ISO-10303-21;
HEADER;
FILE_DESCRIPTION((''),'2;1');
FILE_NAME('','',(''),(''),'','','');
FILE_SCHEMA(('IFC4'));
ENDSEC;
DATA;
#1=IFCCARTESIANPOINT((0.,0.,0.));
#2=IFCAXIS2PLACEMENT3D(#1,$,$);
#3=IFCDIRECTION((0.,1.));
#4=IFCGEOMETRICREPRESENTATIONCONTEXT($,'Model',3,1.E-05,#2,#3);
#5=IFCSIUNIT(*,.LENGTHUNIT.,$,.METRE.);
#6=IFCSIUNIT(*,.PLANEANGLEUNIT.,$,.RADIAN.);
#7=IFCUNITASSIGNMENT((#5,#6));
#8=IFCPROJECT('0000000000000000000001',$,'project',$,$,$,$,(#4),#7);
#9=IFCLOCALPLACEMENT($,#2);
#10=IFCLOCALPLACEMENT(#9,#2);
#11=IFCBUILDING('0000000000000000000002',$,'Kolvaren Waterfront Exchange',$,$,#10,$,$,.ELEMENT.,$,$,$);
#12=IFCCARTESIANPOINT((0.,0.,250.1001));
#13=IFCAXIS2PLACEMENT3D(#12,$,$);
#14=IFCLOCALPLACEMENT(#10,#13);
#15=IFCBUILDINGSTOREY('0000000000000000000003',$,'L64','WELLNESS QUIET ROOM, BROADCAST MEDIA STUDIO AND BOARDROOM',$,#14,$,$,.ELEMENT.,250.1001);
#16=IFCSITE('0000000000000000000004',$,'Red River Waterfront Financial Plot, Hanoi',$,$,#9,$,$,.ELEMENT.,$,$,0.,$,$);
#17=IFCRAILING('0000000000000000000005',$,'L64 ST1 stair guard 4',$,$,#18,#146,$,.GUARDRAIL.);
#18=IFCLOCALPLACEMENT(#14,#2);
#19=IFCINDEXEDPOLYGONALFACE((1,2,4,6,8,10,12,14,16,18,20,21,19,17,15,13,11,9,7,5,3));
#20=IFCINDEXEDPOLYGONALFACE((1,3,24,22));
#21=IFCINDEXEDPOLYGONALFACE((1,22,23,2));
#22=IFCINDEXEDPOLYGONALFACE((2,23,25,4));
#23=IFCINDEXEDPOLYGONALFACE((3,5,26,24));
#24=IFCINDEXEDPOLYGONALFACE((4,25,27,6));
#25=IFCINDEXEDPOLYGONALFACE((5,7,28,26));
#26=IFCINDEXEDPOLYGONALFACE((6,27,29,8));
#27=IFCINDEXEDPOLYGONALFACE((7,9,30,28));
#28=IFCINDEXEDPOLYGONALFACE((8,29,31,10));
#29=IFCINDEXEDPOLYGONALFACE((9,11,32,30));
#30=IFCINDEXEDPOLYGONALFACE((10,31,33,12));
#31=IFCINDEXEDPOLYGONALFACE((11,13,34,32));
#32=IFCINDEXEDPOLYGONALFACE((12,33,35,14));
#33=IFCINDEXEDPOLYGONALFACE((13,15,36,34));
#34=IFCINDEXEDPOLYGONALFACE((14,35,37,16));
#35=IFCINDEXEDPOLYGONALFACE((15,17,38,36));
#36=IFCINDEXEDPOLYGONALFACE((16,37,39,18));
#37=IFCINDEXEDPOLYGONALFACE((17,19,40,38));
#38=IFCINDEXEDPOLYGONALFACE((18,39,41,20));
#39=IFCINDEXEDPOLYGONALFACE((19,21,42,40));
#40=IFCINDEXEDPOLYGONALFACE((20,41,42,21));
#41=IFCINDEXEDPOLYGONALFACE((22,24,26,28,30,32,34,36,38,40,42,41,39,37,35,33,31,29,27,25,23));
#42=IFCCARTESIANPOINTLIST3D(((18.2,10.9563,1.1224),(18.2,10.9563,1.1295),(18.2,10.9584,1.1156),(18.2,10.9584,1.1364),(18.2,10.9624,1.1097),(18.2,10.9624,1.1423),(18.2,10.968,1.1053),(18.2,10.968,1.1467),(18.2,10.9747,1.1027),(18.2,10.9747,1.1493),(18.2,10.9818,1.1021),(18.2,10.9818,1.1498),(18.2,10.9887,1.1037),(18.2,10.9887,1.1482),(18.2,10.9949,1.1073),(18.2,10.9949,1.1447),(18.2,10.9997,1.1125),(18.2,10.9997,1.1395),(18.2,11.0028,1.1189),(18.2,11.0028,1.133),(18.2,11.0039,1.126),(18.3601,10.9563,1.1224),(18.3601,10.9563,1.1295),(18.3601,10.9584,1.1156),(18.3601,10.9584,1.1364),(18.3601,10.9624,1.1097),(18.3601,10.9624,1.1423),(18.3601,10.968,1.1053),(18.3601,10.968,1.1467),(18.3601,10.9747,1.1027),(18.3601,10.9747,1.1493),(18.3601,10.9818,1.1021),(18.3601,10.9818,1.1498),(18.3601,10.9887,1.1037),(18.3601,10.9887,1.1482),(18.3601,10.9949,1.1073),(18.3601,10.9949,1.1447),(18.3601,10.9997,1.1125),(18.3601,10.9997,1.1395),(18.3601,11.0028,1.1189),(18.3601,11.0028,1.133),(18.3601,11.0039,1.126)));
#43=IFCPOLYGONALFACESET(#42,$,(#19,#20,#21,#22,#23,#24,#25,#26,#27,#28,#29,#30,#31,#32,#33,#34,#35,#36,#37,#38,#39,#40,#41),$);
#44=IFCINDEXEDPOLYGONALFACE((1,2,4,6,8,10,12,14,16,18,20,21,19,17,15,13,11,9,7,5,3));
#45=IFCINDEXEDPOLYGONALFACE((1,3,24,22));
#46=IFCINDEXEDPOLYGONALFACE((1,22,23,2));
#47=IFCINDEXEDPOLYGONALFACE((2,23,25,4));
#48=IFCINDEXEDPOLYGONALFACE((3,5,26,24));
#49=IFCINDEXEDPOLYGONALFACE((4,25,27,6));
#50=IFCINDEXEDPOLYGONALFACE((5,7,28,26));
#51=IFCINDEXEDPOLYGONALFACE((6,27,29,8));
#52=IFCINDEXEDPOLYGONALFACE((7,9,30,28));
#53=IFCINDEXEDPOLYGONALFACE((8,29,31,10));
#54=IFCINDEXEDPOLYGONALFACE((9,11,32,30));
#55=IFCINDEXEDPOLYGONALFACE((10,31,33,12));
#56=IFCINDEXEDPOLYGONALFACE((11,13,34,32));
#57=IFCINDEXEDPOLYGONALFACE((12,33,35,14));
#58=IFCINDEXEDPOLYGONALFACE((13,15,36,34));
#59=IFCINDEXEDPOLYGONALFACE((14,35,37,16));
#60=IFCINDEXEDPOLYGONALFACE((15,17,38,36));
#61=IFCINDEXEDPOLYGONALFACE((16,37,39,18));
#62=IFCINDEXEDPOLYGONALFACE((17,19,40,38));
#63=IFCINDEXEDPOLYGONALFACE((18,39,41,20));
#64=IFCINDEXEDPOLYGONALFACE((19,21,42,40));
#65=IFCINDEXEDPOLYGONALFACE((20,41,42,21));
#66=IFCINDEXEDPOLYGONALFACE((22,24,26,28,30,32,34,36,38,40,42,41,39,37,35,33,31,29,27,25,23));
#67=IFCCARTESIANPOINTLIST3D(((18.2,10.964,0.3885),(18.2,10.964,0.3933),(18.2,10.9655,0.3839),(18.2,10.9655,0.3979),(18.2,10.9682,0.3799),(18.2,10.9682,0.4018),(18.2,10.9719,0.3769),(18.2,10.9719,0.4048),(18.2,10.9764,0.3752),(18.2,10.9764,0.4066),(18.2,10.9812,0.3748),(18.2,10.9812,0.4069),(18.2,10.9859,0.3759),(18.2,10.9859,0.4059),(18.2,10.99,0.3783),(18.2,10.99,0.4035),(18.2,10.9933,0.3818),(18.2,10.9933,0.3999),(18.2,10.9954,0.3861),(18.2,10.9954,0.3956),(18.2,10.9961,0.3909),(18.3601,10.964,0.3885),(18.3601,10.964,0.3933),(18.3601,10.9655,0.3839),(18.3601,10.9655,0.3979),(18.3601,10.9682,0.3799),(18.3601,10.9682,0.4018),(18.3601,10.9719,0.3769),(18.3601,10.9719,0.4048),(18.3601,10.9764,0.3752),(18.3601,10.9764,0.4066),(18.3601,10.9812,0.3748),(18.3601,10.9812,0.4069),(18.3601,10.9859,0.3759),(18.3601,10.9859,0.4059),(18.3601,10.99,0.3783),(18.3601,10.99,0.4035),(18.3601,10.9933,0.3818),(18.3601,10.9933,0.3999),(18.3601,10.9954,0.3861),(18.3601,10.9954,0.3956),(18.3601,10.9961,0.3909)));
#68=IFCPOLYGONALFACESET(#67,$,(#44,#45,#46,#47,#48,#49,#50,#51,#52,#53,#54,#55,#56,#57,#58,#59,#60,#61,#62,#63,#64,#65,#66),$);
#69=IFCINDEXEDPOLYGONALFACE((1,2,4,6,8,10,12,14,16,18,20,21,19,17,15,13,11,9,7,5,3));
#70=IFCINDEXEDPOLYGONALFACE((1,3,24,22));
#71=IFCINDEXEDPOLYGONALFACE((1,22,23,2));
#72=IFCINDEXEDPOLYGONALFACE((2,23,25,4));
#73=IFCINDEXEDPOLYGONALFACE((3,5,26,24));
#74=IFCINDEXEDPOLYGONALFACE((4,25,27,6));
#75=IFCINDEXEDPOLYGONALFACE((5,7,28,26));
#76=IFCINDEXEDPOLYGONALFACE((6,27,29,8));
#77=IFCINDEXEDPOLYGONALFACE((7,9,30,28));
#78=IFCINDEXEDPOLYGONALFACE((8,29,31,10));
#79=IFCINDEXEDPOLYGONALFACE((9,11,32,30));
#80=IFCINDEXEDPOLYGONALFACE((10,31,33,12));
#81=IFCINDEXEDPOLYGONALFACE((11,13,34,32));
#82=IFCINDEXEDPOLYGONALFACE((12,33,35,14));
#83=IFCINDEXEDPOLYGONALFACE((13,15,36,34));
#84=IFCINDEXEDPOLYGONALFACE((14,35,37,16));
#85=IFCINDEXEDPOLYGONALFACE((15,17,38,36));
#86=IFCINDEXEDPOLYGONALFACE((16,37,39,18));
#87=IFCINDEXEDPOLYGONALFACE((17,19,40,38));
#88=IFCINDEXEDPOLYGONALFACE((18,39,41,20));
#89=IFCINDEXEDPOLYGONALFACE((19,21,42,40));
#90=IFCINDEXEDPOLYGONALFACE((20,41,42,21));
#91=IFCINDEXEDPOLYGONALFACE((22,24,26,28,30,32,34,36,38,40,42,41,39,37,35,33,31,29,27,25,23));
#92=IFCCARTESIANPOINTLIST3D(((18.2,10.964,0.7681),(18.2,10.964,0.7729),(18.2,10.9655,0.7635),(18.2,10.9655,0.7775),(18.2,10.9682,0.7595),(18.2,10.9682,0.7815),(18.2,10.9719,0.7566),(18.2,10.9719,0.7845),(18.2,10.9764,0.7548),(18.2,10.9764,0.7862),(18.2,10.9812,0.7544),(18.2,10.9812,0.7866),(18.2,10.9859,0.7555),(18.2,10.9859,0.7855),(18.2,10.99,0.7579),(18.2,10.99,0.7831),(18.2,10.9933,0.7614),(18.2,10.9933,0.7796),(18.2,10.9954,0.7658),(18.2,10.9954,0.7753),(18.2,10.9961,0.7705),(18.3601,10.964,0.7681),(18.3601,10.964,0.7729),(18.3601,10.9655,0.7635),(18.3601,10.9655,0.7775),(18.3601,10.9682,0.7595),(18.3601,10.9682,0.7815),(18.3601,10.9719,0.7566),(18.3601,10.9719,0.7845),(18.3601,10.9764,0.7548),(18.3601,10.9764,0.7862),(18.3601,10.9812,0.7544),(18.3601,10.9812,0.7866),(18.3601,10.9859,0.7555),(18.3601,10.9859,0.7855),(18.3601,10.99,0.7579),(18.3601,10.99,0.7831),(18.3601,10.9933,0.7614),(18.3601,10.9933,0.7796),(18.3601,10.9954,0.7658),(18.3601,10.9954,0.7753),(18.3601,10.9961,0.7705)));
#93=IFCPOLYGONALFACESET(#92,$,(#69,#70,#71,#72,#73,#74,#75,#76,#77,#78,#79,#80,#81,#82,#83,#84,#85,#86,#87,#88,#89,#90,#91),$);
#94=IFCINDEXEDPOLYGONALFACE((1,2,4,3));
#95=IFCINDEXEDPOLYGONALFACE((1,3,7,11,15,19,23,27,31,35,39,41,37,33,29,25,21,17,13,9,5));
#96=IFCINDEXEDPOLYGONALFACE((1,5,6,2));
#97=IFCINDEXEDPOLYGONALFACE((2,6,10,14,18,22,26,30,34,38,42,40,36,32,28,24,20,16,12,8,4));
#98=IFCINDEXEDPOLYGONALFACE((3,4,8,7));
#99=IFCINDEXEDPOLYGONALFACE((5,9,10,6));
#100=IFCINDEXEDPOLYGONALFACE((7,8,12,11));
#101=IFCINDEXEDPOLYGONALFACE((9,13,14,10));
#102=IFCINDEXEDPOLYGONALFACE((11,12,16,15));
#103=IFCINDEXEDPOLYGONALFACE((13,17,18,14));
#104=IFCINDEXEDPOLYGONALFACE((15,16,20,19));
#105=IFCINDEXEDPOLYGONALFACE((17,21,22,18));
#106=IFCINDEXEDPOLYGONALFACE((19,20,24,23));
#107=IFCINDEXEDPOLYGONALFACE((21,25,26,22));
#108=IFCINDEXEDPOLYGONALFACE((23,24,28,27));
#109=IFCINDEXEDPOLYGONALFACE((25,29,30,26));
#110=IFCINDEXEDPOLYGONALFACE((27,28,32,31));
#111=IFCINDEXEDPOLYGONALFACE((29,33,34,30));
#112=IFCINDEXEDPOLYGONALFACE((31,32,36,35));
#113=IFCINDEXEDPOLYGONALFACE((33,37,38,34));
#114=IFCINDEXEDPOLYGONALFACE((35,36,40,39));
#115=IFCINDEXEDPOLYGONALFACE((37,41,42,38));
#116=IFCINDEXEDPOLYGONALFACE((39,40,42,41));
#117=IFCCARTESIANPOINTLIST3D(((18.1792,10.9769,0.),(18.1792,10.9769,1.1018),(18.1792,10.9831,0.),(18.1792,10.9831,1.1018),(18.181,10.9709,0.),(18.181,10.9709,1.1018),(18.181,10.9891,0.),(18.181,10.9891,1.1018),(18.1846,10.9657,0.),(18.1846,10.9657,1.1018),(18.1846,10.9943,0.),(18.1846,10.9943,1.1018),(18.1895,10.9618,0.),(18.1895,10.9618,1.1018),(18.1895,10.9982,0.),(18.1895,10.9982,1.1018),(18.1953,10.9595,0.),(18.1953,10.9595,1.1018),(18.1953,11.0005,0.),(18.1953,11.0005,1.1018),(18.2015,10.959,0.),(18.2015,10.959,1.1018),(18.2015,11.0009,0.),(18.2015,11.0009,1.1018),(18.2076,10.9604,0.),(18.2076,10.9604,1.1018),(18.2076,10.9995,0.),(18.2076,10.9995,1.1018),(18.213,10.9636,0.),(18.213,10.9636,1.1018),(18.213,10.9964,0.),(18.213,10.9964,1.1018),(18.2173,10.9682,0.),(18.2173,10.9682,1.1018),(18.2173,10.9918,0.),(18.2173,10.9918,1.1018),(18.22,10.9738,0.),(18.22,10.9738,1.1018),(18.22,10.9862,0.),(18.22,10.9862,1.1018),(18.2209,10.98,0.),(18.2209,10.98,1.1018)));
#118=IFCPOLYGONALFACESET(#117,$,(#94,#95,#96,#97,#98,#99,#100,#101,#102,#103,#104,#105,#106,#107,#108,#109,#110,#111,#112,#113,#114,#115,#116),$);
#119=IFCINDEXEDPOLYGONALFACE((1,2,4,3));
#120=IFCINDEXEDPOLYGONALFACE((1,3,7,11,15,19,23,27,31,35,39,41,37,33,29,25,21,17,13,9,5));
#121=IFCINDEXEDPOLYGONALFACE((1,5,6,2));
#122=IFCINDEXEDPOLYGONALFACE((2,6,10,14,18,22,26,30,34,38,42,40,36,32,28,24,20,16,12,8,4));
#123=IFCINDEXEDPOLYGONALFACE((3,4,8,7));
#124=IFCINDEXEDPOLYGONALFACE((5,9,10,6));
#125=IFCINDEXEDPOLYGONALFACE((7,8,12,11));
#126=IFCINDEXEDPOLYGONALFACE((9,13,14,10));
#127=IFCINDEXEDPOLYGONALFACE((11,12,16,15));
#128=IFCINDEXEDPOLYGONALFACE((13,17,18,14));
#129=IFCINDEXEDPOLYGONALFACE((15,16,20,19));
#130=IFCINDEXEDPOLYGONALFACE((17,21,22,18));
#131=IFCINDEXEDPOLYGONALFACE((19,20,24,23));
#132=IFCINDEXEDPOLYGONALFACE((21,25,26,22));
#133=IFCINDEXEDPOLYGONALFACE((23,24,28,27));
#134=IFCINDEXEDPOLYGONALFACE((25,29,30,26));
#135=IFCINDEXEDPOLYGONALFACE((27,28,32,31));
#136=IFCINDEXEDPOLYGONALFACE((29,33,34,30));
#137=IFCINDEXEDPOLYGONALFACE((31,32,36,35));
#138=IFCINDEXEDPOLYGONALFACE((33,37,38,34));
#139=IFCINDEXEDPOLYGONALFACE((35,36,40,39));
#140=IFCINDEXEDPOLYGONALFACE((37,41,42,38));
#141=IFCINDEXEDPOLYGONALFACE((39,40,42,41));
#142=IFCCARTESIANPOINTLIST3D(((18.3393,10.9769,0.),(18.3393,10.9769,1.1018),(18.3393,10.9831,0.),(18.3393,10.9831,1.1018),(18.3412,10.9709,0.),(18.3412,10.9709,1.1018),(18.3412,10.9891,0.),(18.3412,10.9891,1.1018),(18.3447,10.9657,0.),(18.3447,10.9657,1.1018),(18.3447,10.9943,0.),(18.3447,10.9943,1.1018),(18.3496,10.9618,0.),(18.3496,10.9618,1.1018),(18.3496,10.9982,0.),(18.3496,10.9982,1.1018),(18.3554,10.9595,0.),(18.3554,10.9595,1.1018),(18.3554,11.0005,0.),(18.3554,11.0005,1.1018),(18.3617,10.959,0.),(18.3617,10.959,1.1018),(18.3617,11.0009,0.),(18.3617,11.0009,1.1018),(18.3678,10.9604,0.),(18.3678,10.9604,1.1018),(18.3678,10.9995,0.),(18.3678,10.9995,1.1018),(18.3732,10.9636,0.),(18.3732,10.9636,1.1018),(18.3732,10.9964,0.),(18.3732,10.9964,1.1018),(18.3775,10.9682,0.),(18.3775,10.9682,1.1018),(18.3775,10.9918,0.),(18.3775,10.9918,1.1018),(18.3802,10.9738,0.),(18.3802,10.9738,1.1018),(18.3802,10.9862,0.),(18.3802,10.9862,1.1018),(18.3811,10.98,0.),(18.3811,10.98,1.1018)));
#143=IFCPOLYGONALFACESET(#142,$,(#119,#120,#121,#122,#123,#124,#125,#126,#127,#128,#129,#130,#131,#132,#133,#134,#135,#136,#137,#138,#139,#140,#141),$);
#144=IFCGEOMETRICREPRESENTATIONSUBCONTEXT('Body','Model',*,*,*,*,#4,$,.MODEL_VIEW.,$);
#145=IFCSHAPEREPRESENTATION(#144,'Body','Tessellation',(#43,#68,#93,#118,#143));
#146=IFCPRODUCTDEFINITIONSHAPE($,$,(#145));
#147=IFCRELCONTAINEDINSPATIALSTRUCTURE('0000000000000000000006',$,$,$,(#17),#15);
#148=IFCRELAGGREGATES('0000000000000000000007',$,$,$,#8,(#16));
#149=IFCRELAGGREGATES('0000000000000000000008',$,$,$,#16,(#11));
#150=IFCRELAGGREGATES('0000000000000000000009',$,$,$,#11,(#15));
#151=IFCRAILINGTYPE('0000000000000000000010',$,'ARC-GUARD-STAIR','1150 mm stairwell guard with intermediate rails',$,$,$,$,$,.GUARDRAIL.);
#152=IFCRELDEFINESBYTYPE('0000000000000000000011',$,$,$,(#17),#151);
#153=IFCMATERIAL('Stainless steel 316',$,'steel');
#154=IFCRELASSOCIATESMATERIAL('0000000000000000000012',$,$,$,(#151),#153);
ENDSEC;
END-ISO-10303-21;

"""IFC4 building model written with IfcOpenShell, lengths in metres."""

from ifc_helpers import new_model, si_unit, direction, frame, origin, origin_2d, place, context, subcontext, project, spatial, circle, extrude, material, type_object, element, save


model = new_model("IFC4")

# Units and contexts
model_context = context("Model", 3, precision=1e-05, world=origin(), true_north=direction((0.0, 1.0)))
body_context = subcontext(model_context, "Body", "Model", "MODEL_VIEW")
ifc_project = project(units=[si_unit("LENGTHUNIT", "METRE"), si_unit("PLANEANGLEUNIT", "RADIAN")], contexts=[model_context])

# Site, building, storey
site_placement = place(None, origin())
site = spatial("IfcSite", under=ifc_project, at=site_placement, Name="Red River Waterfront Financial Plot, Hanoi", CompositionType="ELEMENT", RefElevation=0.0)
building_placement = place(site_placement, origin())
building = spatial("IfcBuilding", under=site, at=building_placement, Name="Kolvaren Waterfront Exchange", CompositionType="ELEMENT")
storey_placement = place(building_placement, frame((0.0, 0.0, 250.1001)))
storey = spatial("IfcBuildingStorey", under=building, at=storey_placement, Name="L64", Description="WELLNESS QUIET ROOM, BROADCAST MEDIA STUDIO AND BOARDROOM", CompositionType="ELEMENT", Elevation=250.1001)

# Railing
ifc_material_1 = material(Name="Stainless steel 316", Category="steel")
railing_type_1 = type_object("IfcRailingType", Name="ARC-GUARD-STAIR", Description="1150 mm stairwell guard with intermediate rails", PredefinedType="GUARDRAIL", material=ifc_material_1)
railing_1_placement = place(storey_placement, frame((18.2, 10.98, 0.0)))
element("IfcRailing", 1, at=railing_1_placement, inside=storey, type_object=railing_type_1, Name="L64 ST1 stair guard 4", PredefinedType="GUARDRAIL", context=body_context, shape_type="SweptSolid", body=[
    extrude(circle(Radius=0.0239, at=origin_2d()), frame((0.0, 0.0, 1.126), z_axis=(1.0, 0.0, 0.0), x_axis=(0.0, 1.0, 0.0)), (0.0, 0.0, 1.0), 0.1602),
    extrude(circle(Radius=0.0161, at=origin_2d()), frame((0.0, 0.0, 0.3909), z_axis=(1.0, 0.0, 0.0), x_axis=(0.0, 1.0, 0.0)), (0.0, 0.0, 1.0), 0.1602),
    extrude(circle(Radius=0.0161, at=origin_2d()), frame((0.0, 0.0, 0.7705), z_axis=(1.0, 0.0, 0.0), x_axis=(0.0, 1.0, 0.0)), (0.0, 0.0, 1.0), 0.1602),
    extrude(circle(Radius=0.021, at=origin_2d()), origin(), (0.0, 0.0, 1.0), 1.1018),
    extrude(circle(Radius=0.021, at=origin_2d()), frame((0.1602, 0.0, 0.0)), (0.0, 0.0, 1.0), 1.1018),
])

save(model, "model.ifc")
